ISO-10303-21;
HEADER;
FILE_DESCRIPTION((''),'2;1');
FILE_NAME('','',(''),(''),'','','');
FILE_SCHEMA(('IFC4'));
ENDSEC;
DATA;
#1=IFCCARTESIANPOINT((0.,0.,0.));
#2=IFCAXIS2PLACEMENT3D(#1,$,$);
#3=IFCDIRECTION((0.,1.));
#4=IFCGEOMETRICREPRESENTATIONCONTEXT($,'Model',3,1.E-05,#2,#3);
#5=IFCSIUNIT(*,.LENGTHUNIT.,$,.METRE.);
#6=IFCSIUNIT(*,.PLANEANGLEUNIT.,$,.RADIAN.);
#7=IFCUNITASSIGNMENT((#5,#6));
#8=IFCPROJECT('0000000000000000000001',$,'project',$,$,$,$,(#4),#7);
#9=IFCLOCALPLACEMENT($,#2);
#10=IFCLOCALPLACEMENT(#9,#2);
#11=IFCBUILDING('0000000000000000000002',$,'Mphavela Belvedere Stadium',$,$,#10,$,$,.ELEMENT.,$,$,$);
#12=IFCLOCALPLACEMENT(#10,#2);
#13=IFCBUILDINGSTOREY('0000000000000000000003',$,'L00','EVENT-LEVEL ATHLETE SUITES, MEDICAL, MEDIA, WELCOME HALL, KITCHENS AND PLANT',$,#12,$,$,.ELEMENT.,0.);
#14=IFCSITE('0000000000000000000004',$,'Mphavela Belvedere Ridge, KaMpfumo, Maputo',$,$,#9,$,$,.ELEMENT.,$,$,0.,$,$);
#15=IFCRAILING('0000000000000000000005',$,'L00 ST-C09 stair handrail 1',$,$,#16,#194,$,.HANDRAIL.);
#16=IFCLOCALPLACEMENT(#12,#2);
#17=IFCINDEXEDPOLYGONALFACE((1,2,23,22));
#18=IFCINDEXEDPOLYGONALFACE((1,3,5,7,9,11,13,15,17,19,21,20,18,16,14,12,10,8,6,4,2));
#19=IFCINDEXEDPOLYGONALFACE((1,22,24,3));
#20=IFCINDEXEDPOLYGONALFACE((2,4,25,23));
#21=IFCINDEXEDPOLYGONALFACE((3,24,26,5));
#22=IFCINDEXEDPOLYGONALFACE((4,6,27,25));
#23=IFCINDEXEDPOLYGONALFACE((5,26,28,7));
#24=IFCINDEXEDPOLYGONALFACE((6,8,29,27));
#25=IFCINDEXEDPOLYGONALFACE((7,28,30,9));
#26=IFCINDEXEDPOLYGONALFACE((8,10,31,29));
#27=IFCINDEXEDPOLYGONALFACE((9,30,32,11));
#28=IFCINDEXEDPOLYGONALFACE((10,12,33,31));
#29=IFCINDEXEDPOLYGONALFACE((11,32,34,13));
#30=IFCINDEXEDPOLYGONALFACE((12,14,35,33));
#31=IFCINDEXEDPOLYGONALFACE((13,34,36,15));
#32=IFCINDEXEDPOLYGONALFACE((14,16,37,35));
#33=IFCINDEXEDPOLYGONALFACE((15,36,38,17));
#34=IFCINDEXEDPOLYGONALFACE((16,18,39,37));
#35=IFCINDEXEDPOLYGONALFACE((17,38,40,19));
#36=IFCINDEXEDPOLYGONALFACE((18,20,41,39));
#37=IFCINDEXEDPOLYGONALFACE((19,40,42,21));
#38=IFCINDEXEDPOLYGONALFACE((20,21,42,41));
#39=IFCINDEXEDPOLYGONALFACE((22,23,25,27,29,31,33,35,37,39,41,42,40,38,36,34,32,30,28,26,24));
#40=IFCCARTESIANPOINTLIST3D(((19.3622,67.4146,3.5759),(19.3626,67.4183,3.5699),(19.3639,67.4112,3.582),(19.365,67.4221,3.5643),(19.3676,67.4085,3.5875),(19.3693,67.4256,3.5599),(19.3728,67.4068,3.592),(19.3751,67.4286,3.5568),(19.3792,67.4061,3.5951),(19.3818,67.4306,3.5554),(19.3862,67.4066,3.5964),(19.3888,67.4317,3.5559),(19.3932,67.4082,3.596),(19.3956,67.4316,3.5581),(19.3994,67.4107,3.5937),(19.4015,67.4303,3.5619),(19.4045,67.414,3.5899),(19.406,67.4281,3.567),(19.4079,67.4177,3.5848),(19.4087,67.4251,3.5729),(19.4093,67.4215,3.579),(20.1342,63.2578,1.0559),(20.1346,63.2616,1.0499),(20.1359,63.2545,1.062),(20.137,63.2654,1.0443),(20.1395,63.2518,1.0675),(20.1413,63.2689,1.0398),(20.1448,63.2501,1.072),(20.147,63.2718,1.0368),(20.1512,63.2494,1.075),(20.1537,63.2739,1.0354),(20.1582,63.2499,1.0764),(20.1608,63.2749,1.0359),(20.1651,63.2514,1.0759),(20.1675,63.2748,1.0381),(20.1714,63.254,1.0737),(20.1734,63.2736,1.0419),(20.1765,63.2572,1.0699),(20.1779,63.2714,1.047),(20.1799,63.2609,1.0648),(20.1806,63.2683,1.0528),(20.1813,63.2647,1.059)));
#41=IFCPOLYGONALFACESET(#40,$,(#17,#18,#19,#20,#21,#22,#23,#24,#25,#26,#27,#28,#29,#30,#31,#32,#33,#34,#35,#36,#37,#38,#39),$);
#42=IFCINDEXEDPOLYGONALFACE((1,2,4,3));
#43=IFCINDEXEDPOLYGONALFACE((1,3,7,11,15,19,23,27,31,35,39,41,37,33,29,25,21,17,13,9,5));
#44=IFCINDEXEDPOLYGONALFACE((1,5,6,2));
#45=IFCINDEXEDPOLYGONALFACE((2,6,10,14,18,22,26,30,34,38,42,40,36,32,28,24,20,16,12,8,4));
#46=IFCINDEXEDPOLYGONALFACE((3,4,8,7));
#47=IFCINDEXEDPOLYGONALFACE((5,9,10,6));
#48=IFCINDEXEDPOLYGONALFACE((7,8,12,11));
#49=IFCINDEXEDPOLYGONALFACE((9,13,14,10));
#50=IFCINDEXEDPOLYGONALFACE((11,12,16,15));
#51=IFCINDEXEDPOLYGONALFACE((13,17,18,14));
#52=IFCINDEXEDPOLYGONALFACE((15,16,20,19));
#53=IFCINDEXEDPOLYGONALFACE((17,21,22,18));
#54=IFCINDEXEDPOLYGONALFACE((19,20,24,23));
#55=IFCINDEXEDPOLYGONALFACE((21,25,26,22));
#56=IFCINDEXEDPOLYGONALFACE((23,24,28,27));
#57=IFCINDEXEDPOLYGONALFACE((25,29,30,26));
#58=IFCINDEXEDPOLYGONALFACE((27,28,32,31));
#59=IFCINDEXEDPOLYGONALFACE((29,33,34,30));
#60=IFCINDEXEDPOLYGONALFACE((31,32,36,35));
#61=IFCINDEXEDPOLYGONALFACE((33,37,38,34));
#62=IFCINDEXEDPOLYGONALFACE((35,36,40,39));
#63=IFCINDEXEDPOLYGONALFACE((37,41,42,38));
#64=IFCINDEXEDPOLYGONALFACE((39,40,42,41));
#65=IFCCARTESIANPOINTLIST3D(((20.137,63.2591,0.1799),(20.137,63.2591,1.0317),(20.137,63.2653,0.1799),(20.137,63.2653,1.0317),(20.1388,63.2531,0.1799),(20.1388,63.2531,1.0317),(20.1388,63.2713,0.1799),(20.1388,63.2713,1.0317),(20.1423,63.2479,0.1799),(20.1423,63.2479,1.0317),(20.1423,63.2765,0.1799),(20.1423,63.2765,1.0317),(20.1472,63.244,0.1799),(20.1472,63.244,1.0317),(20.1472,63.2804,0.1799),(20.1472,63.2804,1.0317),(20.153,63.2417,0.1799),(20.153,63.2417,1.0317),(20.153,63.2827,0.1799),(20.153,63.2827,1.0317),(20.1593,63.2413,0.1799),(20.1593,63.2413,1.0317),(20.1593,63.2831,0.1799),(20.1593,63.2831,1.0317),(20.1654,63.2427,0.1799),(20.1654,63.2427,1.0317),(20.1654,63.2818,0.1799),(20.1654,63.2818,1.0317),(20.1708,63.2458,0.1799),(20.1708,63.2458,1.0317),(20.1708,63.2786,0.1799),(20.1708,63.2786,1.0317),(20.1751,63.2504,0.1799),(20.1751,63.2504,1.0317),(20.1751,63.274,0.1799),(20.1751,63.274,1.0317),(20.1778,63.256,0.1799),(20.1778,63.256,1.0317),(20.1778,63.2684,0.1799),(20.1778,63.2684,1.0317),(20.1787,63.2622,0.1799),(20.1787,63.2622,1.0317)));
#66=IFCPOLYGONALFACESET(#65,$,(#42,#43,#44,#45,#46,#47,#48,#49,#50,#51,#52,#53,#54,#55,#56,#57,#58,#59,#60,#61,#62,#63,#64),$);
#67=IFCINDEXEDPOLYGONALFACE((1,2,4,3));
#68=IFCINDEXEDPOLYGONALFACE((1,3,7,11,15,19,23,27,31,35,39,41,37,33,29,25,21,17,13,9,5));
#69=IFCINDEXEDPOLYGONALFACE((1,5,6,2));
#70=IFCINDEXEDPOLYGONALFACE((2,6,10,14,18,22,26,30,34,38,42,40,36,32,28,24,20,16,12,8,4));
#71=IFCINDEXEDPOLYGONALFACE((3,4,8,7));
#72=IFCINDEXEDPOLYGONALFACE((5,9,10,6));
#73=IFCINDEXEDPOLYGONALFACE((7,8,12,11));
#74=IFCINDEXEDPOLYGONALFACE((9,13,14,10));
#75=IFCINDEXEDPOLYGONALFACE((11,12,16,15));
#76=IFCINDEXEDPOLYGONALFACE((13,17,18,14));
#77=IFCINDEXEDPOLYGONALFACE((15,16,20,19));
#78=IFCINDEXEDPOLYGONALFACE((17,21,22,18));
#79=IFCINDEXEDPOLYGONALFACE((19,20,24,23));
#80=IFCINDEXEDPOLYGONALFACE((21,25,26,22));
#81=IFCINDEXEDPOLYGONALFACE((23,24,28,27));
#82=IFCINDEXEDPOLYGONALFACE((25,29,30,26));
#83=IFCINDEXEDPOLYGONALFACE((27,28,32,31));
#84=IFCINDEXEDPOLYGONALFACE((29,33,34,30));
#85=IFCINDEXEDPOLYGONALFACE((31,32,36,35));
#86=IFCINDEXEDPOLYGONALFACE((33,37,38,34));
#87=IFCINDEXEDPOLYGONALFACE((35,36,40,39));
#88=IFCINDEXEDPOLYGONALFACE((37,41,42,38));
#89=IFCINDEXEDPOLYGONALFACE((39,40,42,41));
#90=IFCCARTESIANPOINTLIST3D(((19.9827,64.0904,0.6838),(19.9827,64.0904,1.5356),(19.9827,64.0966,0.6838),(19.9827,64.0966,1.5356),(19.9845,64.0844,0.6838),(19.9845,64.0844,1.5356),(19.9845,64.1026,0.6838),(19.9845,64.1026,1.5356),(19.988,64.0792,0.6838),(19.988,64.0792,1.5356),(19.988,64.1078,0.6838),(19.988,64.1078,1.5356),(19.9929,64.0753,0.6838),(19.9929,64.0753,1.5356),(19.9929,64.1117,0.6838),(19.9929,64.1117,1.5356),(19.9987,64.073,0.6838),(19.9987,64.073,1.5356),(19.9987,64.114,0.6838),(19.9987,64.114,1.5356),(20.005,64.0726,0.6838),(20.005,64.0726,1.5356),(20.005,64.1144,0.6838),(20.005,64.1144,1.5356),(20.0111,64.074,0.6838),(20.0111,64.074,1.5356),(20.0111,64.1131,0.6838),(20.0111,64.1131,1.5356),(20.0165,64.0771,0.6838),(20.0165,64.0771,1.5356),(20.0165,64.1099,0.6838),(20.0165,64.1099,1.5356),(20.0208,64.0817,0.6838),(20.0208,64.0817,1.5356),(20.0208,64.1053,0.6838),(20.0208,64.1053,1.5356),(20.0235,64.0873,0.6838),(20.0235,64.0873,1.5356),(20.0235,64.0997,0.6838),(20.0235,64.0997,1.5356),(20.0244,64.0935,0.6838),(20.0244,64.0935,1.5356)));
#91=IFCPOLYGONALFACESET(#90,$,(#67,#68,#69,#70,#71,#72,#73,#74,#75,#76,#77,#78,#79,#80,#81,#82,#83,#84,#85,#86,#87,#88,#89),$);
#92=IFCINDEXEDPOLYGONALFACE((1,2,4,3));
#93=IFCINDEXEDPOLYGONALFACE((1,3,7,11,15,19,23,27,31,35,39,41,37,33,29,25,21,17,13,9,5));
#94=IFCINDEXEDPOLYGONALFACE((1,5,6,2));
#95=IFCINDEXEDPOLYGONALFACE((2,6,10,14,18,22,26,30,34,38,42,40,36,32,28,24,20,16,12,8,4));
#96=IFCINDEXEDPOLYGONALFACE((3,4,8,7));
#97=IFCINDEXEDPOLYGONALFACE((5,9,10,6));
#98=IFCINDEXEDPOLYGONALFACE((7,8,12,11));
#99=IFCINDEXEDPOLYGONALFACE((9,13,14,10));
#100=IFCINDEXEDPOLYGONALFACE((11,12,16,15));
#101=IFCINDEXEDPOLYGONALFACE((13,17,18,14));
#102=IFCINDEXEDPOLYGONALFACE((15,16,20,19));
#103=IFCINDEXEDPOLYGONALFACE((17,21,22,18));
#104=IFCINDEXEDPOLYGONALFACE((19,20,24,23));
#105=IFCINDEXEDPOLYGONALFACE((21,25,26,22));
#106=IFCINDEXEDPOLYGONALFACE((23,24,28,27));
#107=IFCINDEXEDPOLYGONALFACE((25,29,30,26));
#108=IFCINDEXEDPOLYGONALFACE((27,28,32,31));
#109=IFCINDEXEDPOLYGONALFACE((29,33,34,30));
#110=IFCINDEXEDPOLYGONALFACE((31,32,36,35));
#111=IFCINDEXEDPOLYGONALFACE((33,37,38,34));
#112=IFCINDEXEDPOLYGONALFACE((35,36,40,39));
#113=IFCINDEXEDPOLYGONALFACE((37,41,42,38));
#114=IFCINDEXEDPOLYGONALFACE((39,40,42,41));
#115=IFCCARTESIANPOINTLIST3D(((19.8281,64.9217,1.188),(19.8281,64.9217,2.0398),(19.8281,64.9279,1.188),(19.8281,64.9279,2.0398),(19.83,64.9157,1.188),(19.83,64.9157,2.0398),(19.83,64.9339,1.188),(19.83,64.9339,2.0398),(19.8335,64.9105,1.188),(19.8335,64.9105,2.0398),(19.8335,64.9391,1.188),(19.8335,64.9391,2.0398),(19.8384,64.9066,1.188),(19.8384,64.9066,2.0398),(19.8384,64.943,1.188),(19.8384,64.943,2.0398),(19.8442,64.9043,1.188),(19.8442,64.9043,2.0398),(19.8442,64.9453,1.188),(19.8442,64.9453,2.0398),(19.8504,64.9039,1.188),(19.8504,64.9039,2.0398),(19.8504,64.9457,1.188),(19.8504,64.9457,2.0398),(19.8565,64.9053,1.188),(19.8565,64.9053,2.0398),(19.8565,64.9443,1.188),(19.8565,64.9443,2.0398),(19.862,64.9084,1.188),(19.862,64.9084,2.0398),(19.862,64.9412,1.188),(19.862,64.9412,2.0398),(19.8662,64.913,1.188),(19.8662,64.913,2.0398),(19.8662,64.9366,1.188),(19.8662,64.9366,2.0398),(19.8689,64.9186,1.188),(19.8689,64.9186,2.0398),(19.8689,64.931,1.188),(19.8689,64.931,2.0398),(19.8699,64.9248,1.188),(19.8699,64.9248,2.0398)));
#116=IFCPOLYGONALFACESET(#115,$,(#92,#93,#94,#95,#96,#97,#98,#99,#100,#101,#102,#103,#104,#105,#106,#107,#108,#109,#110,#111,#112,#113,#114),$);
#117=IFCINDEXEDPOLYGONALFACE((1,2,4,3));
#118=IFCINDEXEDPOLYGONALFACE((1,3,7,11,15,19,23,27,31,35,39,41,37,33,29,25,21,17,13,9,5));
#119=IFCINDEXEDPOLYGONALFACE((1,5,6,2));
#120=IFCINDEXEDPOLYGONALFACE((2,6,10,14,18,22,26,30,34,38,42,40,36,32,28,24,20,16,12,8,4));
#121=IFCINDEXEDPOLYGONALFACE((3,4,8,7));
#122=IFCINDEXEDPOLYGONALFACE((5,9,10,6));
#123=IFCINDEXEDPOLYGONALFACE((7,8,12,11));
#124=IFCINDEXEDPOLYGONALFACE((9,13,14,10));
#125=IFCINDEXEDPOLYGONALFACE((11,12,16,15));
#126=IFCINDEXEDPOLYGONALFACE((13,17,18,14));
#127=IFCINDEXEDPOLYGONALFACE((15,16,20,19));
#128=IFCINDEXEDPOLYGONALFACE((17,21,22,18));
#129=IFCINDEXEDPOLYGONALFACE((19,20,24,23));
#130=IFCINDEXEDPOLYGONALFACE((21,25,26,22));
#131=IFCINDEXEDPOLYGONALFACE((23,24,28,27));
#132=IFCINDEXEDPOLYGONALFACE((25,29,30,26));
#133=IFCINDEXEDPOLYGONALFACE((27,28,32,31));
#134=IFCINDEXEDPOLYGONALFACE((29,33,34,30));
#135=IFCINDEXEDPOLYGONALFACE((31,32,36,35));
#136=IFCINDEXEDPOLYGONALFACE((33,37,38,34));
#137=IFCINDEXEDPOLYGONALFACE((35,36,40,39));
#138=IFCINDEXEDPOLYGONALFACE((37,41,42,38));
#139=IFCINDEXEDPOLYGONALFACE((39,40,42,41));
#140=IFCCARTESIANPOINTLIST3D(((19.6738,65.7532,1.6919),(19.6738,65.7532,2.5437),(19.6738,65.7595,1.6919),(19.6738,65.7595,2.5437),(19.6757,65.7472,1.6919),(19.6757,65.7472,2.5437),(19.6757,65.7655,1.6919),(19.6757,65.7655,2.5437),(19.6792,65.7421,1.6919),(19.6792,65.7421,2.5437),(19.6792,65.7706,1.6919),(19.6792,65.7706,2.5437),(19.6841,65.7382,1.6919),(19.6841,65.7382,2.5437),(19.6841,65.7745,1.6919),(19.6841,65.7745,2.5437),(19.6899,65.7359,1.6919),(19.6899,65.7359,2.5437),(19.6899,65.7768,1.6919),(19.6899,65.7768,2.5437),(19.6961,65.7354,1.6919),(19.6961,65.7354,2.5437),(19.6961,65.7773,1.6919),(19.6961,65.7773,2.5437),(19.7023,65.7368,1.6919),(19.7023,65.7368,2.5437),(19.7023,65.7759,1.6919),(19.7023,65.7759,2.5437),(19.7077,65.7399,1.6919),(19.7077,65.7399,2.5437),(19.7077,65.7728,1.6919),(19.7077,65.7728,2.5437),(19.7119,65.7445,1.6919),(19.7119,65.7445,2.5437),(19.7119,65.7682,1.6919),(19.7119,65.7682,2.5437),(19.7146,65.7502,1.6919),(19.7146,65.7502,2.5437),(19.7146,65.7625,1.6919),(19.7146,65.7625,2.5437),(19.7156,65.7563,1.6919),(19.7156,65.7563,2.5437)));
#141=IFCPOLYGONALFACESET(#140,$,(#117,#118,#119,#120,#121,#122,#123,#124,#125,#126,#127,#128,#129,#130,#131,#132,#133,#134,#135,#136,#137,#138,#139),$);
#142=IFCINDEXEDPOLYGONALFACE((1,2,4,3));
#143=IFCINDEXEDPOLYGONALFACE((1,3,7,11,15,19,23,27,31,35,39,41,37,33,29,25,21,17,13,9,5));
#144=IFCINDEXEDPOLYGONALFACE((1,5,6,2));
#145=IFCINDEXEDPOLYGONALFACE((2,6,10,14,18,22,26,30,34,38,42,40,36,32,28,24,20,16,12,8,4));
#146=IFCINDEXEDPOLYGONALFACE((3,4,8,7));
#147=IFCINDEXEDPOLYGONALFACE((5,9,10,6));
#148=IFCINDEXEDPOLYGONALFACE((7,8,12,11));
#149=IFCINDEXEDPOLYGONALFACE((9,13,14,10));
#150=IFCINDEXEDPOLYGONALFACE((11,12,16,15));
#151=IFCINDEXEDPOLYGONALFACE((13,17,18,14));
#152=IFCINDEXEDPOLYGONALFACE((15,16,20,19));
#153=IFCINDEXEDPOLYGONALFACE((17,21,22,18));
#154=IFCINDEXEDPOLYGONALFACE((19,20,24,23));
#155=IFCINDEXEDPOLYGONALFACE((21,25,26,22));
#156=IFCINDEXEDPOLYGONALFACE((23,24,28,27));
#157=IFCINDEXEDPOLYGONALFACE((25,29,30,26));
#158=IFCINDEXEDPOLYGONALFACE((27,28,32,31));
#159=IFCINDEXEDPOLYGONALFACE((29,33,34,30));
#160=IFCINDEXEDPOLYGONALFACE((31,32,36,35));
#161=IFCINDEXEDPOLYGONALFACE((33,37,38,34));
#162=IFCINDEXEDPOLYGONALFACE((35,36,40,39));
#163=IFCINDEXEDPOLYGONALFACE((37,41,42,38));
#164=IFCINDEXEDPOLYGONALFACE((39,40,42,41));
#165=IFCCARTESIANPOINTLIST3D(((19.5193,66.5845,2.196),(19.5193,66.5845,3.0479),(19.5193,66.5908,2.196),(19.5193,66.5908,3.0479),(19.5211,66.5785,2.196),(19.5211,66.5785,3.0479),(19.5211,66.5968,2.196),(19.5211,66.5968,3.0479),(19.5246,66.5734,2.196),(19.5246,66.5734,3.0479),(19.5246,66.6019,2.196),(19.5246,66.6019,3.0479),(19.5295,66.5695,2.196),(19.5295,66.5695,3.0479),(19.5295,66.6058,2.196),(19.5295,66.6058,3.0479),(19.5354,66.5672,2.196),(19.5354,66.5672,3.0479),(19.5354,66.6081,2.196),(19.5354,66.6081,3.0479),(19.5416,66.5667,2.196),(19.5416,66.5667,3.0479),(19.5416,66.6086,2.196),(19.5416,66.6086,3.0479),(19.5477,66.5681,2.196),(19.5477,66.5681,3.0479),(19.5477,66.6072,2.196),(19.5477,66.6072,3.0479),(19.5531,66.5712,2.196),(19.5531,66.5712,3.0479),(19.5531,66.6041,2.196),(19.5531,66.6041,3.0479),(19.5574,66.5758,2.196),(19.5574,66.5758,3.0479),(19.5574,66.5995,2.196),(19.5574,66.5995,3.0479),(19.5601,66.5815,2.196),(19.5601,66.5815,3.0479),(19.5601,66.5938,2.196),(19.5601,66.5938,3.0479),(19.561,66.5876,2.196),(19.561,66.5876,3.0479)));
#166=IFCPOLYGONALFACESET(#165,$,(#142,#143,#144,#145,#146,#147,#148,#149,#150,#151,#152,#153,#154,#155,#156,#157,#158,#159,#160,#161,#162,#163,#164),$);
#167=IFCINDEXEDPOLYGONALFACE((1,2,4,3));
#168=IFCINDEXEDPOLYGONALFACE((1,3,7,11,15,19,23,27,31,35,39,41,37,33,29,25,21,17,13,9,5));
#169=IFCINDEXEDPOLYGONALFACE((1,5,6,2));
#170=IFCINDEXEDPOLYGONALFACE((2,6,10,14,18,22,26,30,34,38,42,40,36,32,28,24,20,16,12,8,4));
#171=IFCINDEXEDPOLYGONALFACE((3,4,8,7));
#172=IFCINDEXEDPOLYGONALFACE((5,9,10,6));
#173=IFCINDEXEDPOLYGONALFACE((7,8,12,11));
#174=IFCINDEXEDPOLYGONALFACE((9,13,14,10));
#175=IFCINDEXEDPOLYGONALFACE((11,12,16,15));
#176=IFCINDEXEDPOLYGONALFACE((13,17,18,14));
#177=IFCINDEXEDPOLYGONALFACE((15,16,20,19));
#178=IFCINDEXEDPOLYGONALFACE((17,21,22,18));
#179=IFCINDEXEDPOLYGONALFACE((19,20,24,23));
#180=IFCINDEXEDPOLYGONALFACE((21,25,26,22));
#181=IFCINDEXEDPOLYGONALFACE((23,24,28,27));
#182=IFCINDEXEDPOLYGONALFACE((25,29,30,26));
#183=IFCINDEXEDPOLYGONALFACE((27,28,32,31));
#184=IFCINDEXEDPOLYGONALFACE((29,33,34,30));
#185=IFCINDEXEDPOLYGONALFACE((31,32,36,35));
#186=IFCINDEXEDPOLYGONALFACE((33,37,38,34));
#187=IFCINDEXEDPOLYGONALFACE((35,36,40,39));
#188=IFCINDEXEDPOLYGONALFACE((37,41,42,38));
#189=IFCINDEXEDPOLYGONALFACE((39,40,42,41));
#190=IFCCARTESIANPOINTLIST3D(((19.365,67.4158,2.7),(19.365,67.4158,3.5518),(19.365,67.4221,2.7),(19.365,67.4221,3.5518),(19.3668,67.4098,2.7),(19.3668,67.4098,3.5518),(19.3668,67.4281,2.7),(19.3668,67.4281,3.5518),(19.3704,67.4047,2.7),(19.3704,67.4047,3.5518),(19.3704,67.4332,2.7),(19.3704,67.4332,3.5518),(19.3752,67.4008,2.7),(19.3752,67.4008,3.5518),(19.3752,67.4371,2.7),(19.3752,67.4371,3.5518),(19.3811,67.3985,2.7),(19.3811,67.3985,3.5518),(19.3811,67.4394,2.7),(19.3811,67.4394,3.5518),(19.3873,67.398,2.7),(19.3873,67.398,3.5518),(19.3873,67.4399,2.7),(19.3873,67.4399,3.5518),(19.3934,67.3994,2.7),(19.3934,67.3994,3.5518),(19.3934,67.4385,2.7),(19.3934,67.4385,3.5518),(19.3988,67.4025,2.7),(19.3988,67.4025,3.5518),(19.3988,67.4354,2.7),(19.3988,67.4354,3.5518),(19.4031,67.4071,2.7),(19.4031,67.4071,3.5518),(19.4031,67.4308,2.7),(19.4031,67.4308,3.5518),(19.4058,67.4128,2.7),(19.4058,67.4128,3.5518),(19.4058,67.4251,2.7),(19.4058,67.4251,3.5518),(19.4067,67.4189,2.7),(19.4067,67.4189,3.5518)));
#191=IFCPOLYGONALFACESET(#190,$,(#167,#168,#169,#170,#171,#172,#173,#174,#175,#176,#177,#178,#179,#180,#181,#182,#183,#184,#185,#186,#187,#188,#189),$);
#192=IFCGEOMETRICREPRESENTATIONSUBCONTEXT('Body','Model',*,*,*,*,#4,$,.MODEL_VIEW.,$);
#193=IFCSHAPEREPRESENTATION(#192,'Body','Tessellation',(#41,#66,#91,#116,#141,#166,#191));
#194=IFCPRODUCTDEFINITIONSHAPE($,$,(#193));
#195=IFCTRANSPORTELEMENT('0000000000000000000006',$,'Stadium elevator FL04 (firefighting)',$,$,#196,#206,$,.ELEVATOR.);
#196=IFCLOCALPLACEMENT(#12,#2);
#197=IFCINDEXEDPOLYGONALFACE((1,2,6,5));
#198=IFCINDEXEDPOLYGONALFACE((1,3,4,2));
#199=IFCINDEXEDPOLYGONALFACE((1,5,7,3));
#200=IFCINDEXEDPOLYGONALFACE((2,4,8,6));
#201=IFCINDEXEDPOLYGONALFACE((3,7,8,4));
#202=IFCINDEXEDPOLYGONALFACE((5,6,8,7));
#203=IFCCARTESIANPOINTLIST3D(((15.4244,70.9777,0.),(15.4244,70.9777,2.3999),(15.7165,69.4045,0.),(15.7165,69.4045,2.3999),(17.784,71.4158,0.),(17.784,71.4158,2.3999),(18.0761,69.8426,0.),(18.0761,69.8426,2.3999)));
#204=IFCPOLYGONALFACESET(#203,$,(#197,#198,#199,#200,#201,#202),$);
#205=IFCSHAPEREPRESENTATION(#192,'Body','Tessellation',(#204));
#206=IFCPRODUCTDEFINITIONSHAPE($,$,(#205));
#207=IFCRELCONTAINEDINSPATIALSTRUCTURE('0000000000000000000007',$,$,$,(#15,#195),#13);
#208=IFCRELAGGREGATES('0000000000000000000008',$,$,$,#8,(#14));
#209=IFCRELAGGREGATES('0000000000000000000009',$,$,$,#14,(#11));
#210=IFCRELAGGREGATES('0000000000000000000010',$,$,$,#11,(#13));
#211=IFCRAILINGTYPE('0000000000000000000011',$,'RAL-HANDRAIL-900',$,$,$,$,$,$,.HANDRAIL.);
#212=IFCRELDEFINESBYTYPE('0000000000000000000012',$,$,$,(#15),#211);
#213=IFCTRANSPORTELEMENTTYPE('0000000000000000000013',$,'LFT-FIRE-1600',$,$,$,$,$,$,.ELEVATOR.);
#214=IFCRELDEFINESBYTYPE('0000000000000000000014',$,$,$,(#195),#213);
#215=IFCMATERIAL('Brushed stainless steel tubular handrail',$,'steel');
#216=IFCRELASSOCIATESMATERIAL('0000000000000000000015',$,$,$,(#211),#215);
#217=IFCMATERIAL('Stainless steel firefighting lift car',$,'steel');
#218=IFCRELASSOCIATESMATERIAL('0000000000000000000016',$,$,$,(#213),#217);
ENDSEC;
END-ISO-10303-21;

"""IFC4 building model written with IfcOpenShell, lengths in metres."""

from ifc_helpers import new_model, si_unit, direction, frame, origin, origin_2d, place, context, subcontext, project, spatial, rectangle, circle, extrude, material, type_object, element, save


model = new_model("IFC4")

# Units and contexts
model_context = context("Model", 3, precision=1e-05, world=origin(), true_north=direction((0.0, 1.0)))
body_context = subcontext(model_context, "Body", "Model", "MODEL_VIEW")
ifc_project = project(units=[si_unit("LENGTHUNIT", "METRE"), si_unit("PLANEANGLEUNIT", "RADIAN")], contexts=[model_context])

# Site, building, storey
site_placement = place(None, origin())
site = spatial("IfcSite", under=ifc_project, at=site_placement, Name="Mphavela Belvedere Ridge, KaMpfumo, Maputo", CompositionType="ELEMENT", RefElevation=0.0)
building_placement = place(site_placement, origin())
building = spatial("IfcBuilding", under=site, at=building_placement, Name="Mphavela Belvedere Stadium", CompositionType="ELEMENT")
storey_placement = place(building_placement, origin())
storey = spatial("IfcBuildingStorey", under=building, at=storey_placement, Name="L00", Description="EVENT-LEVEL ATHLETE SUITES, MEDICAL, MEDIA, WELCOME HALL, KITCHENS AND PLANT", CompositionType="ELEMENT", Elevation=0.0)

# Railing
ifc_material_1 = material(Name="Brushed stainless steel tubular handrail", Category="steel")
railing_type_1 = type_object("IfcRailingType", Name="RAL-HANDRAIL-900", PredefinedType="HANDRAIL", material=ifc_material_1)
railing_1_placement = place(storey_placement, frame((20.1577, 63.2622, 0.1799)))
element("IfcRailing", 1, at=railing_1_placement, inside=storey, type_object=railing_type_1, Name="L00 ST-C09 stair handrail 1", PredefinedType="HANDRAIL", context=body_context, shape_type="SweptSolid", body=[
    extrude(circle(Radius=0.0239, at=origin_2d()), frame((0.0, 0.0, 0.876), z_axis=(-0.156845, 0.844543, 0.512003), x_axis=(-0.983188, -0.182594, 0.0)), (0.0, 0.0, 1.0), 4.9219),
    extrude(circle(Radius=0.021, at=origin_2d()), origin(), (0.0, 0.0, 1.0), 0.8518),
    extrude(circle(Radius=0.021, at=origin_2d()), frame((-0.1543, 0.8313, 0.5039)), (0.0, 0.0, 1.0), 0.8518),
    extrude(circle(Radius=0.021, at=origin_2d()), frame((-0.3088, 1.6626, 1.0081)), (0.0, 0.0, 1.0), 0.8518),
    extrude(circle(Radius=0.021, at=origin_2d()), frame((-0.4631, 2.4941, 1.512)), (0.0, 0.0, 1.0), 0.8518),
    extrude(circle(Radius=0.021, at=origin_2d()), frame((-0.6177, 3.3254, 2.0161)), (0.0, 0.0, 1.0), 0.8518),
    extrude(circle(Radius=0.021, at=origin_2d()), frame((-0.772, 4.1567, 2.52)), (0.0, 0.0, 1.0), 0.8518),
])

# Transport element
ifc_material_2 = material(Name="Stainless steel firefighting lift car", Category="steel")
transport_element_type = type_object("IfcTransportElementType", Name="LFT-FIRE-1600", PredefinedType="ELEVATOR", material=ifc_material_2)
transport_element_placement = place(storey_placement, frame((16.7502, 70.4102, 0.0), z_axis=(0.0, 0.0, 1.0), x_axis=(-0.182579, 0.983191, 0.0)))
element("IfcTransportElement", 2, at=transport_element_placement, inside=storey, type_object=transport_element_type, Name="Stadium elevator FL04 (firefighting)", PredefinedType="ELEVATOR", context=body_context, shape_type="SweptSolid", body=[
    extrude(rectangle(XDim=1.6001, YDim=2.3999, at=origin_2d()), origin(), (0.0, 0.0, 1.0), 2.3999),
])

save(model, "model.ifc")
